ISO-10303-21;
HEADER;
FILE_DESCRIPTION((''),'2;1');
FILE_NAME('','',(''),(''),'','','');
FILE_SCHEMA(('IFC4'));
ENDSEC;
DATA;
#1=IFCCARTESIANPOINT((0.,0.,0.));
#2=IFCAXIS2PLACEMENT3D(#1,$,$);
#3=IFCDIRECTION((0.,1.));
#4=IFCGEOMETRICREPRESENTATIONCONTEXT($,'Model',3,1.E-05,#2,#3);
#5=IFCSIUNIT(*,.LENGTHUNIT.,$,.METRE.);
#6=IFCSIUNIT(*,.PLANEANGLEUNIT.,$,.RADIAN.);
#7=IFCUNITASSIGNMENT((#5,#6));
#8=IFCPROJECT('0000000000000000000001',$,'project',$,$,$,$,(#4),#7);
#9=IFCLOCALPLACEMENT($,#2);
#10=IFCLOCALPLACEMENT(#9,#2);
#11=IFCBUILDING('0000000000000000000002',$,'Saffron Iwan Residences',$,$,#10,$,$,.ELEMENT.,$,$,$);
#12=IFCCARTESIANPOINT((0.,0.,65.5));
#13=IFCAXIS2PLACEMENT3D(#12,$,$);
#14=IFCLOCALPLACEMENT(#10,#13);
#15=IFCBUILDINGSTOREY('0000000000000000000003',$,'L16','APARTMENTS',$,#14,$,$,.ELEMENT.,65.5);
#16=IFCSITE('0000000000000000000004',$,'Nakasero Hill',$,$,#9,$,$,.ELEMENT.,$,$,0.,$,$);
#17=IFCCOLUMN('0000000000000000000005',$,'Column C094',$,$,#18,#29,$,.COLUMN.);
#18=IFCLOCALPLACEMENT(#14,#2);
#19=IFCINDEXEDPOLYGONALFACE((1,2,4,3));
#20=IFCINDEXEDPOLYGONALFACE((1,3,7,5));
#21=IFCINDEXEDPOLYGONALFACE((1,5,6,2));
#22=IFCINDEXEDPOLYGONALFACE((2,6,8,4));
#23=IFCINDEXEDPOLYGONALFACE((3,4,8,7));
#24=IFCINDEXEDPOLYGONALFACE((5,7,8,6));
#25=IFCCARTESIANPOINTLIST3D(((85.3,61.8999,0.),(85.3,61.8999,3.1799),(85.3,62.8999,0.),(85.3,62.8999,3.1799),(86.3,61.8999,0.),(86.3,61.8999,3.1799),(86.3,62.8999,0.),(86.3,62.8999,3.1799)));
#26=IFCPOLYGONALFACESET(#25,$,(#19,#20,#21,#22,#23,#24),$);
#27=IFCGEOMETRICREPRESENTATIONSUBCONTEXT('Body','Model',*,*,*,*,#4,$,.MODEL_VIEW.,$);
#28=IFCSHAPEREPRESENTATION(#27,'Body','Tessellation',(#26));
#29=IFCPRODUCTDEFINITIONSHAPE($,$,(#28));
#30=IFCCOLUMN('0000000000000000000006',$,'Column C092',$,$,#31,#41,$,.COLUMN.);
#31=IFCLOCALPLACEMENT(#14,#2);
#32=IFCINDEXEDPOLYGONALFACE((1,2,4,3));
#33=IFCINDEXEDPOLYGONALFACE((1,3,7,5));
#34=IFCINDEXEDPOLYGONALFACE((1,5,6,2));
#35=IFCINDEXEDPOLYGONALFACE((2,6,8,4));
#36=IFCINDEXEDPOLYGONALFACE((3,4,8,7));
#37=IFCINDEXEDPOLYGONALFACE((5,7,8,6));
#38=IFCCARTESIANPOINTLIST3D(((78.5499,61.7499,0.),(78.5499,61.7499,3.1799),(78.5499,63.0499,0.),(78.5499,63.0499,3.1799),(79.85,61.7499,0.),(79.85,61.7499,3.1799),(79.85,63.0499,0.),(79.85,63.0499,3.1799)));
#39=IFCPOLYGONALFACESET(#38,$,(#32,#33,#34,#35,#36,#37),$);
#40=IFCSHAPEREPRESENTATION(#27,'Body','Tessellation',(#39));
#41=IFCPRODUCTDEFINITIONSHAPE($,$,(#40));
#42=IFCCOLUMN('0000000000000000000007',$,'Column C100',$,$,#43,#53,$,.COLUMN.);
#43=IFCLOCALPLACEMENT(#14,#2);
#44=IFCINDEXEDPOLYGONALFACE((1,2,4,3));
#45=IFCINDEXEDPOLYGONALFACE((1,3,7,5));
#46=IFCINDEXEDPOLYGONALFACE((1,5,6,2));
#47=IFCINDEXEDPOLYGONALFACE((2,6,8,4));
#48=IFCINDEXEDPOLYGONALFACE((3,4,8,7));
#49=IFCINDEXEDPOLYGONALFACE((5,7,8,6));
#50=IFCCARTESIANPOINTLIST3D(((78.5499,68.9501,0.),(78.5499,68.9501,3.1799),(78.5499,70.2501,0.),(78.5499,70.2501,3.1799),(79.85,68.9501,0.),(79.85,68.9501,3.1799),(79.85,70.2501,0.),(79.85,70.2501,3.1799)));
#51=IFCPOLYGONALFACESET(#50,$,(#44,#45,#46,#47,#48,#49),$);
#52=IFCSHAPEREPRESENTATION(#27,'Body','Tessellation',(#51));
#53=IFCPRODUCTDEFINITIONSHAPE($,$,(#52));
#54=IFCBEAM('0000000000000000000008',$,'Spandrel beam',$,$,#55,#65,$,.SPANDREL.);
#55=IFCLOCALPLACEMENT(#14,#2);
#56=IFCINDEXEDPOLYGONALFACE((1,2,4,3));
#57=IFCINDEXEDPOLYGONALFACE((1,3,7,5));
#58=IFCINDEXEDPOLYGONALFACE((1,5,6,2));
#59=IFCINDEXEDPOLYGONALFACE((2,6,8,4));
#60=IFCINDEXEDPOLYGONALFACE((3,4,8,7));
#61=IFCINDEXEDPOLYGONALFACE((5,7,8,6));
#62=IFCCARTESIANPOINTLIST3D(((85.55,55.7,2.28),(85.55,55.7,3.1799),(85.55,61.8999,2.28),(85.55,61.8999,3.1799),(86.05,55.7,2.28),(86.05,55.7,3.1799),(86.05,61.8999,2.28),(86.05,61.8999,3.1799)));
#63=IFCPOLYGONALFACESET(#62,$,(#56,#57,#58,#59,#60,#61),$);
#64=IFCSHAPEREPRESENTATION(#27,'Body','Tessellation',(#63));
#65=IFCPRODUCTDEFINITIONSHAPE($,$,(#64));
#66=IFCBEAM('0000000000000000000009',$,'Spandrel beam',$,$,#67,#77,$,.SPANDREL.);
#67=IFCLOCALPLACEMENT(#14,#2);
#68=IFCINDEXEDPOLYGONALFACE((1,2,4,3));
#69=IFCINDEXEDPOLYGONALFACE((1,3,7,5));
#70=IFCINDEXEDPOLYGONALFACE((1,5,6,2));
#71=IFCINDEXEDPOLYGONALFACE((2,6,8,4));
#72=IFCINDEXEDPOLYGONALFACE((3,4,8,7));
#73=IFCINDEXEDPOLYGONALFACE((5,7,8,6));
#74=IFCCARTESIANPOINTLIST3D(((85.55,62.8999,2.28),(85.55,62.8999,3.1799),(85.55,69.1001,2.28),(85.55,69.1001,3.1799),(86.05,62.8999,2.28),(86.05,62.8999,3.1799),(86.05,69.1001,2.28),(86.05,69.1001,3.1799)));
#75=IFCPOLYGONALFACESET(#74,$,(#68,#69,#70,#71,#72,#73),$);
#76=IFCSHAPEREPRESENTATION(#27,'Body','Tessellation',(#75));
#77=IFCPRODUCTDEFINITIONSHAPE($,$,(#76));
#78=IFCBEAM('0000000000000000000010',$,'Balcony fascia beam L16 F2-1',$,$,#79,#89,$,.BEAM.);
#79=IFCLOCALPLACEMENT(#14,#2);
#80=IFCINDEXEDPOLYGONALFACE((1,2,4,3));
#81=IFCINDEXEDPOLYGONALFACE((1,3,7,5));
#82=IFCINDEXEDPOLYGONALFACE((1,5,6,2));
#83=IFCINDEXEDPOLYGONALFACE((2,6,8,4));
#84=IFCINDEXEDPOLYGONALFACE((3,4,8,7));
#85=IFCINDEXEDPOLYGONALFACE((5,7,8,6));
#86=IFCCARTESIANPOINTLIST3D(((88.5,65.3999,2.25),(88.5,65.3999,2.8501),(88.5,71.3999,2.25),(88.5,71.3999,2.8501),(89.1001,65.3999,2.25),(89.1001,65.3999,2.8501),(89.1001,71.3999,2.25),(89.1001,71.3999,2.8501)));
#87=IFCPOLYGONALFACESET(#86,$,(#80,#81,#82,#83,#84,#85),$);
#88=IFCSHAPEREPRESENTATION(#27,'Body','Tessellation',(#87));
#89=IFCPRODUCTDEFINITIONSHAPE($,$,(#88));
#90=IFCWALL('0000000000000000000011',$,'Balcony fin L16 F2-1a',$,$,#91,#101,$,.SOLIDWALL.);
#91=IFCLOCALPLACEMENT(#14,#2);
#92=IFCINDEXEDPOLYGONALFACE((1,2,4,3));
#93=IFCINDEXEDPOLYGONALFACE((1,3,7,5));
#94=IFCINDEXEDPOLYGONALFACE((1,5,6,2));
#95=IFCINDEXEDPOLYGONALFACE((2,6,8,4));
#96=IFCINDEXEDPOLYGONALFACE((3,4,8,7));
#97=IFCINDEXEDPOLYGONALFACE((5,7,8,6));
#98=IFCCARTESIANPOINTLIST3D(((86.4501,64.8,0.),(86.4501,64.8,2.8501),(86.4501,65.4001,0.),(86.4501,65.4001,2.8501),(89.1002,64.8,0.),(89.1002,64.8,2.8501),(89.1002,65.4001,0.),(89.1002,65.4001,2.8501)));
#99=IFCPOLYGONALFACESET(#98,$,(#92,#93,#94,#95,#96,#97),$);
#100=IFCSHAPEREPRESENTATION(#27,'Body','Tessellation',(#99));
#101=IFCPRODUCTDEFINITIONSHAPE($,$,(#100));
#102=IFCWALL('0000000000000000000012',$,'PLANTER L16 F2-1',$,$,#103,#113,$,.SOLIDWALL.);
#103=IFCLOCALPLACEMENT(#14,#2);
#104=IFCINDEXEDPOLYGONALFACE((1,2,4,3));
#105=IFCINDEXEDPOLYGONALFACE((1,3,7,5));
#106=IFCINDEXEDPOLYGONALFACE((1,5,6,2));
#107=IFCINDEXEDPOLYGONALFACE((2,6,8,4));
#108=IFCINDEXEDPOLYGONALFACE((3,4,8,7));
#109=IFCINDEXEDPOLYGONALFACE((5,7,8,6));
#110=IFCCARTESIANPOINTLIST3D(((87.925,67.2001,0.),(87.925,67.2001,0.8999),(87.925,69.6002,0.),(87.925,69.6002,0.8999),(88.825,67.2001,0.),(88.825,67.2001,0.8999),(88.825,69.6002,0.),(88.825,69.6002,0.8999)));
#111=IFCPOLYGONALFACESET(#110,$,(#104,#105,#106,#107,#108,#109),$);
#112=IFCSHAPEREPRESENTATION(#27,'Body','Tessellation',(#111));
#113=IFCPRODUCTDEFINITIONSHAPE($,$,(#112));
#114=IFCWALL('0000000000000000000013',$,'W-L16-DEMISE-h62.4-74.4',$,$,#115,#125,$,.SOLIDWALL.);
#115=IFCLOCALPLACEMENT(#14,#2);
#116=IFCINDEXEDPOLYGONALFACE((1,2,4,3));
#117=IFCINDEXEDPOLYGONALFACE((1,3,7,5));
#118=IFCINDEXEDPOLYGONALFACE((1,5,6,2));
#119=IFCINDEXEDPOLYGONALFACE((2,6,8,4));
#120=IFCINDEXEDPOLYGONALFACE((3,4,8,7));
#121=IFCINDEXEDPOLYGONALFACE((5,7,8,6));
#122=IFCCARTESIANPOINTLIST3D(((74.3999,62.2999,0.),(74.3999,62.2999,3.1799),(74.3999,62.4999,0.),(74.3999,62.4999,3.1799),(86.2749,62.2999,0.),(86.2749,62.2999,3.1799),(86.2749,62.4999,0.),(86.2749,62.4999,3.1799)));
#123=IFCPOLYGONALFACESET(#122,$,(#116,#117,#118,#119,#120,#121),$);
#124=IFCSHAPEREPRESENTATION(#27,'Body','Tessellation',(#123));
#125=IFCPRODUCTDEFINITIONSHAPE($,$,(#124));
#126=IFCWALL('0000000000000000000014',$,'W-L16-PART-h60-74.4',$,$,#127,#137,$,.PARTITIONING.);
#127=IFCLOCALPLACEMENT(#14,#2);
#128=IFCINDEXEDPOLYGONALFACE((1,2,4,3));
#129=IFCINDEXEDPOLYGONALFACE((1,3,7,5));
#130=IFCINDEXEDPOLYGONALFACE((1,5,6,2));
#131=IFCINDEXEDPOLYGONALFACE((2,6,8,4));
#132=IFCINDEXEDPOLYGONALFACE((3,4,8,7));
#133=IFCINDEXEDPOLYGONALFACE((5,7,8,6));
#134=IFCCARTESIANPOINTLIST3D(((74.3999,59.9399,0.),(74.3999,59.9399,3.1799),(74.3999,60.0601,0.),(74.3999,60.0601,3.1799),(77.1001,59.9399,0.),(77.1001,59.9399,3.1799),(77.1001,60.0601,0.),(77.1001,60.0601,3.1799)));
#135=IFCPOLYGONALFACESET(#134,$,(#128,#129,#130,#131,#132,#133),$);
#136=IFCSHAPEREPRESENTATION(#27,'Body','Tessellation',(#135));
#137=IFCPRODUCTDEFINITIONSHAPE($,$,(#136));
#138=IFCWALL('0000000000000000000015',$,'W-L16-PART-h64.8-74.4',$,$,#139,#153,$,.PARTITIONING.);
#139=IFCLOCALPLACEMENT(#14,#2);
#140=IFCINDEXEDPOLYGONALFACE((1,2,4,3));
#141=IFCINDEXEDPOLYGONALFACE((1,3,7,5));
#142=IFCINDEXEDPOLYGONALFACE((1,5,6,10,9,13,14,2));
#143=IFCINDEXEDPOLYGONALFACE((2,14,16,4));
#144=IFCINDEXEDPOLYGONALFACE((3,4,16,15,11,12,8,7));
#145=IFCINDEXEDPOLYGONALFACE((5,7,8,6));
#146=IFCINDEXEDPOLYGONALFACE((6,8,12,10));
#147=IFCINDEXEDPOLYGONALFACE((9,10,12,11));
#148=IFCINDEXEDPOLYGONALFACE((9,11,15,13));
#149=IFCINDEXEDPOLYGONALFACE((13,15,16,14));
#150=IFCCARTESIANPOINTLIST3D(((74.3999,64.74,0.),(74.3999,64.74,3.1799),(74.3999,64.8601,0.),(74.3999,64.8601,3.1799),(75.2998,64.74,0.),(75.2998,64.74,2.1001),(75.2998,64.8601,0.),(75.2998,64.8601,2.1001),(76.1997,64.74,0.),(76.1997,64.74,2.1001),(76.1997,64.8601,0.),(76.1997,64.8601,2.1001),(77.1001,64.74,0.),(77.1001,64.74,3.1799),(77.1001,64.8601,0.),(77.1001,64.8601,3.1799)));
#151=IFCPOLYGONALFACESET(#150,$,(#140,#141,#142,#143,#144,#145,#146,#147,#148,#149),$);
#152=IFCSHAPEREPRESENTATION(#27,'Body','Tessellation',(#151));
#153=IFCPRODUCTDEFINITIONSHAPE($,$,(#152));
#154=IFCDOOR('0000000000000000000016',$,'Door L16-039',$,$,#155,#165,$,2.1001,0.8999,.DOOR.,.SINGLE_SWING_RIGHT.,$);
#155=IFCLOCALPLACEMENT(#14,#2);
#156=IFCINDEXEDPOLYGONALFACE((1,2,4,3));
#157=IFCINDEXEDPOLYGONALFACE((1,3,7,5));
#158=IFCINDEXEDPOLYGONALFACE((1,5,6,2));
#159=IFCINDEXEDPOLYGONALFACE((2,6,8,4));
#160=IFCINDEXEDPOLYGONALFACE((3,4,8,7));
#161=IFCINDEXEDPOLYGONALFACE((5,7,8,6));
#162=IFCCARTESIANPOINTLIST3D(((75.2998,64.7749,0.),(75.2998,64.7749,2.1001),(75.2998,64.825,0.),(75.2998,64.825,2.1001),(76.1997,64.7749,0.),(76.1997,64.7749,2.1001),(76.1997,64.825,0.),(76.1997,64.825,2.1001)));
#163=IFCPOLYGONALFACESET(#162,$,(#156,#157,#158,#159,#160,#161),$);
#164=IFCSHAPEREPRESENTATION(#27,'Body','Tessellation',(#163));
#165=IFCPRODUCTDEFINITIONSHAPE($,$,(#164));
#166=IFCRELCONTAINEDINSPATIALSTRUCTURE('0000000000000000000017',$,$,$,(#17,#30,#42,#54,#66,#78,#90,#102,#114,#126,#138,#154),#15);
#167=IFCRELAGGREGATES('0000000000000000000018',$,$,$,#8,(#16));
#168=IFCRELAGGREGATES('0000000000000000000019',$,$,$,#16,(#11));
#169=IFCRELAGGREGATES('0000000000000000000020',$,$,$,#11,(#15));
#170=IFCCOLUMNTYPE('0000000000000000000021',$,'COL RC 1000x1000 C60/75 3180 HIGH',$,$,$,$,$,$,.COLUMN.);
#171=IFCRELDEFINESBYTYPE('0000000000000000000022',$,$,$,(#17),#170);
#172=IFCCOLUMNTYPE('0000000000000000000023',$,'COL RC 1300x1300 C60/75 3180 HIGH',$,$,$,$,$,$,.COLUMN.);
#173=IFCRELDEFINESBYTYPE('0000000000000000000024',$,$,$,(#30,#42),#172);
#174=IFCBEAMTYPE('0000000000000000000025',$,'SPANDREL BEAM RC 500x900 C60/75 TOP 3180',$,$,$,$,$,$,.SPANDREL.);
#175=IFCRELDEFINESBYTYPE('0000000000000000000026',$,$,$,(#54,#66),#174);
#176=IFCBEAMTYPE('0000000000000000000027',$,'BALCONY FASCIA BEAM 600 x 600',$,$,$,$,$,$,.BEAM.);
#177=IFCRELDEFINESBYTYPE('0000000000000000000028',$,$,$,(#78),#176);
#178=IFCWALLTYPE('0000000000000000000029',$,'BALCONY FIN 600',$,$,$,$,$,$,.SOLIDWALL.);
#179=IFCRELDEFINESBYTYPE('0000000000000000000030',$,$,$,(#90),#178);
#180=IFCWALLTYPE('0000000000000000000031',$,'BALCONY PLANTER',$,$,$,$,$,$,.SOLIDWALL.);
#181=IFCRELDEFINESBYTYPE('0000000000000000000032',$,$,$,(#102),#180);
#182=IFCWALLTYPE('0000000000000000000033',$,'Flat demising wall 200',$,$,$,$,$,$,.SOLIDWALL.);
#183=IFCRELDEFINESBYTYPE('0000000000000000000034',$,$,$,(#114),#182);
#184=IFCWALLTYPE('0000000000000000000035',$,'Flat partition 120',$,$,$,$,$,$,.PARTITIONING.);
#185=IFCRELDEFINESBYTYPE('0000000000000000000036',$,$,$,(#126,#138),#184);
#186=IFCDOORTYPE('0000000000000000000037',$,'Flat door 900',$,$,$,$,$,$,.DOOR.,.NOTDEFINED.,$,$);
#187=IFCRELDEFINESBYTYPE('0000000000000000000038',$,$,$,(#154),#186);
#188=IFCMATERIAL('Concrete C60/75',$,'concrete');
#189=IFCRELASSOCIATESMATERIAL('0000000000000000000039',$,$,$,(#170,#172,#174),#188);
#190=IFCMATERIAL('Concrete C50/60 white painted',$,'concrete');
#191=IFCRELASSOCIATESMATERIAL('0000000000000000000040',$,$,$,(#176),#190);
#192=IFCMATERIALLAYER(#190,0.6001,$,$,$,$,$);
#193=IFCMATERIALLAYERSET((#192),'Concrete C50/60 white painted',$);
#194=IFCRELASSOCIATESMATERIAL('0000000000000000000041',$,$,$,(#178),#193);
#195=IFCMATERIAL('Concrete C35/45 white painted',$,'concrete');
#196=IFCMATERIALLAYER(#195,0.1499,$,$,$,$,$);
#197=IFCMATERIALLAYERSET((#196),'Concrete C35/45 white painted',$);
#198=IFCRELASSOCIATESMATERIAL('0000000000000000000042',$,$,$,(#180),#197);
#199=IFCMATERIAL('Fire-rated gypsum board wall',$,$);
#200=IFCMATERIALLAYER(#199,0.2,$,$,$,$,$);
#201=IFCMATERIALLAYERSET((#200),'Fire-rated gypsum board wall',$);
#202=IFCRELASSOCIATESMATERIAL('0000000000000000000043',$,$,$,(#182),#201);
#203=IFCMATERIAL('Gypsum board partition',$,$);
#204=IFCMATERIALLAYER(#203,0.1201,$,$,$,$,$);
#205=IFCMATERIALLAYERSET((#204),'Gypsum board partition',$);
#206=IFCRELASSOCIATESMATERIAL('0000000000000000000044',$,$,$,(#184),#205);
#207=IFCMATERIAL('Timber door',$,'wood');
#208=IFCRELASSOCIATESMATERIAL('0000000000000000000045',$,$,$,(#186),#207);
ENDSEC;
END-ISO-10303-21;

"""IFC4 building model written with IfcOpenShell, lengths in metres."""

from ifc_helpers import new_model, si_unit, direction, frame, frame_2d, origin, origin_2d, place, context, subcontext, project, spatial, rectangle, extrude, source, transform, mapped, material, layer, layer_set, material_profile, profile_set, type_object, element, fill, save


model = new_model("IFC4")

# Units and contexts
model_context = context("Model", 3, precision=1e-05, world=origin(), true_north=direction((0.0, 1.0)))
body_context = subcontext(model_context, "Body", "Model", "MODEL_VIEW")
ifc_project = project(units=[si_unit("LENGTHUNIT", "METRE"), si_unit("PLANEANGLEUNIT", "RADIAN")], contexts=[model_context])

# Site, building, storey
site_placement = place(None, origin())
site = spatial("IfcSite", under=ifc_project, at=site_placement, Name="Nakasero Hill", CompositionType="ELEMENT", RefElevation=0.0)
building_placement = place(site_placement, origin())
building = spatial("IfcBuilding", under=site, at=building_placement, Name="Saffron Iwan Residences", CompositionType="ELEMENT")
storey_placement = place(building_placement, frame((0.0, 0.0, 65.5)))
storey = spatial("IfcBuildingStorey", under=building, at=storey_placement, Name="L16", Description="APARTMENTS", CompositionType="ELEMENT", Elevation=65.5)

# Columns
ifc_material_1 = material(Name="Concrete C60/75", Category="concrete")
ifc_material_profile_1 = material_profile(ifc_material_1, rectangle(XDim=1.0, YDim=1.0, at=origin_2d()), Name="RC 1000x1000")
ifc_profile_set_1 = profile_set([ifc_material_profile_1], Name="Concrete C60/75")
column_type_1 = type_object("IfcColumnType", Name="COL RC 1000x1000 C60/75 3180 HIGH", PredefinedType="COLUMN", material=ifc_profile_set_1)
shared_shape_1 = source(origin(), body_context, "Body", "SweptSolid", [
    extrude(rectangle(XDim=1.0, YDim=1.0, at=origin_2d()), origin(), (0.0, 0.0, 1.0), 3.1799),
])
column_placement = place(storey_placement, frame((85.8, 62.3999, 0.0), z_axis=(0.0, 0.0, 1.0), x_axis=(1.0, 0.0, 0.0)))
element("IfcColumn", 1, at=column_placement, inside=storey, type_object=column_type_1, Name="Column C094", PredefinedType="COLUMN", context=body_context, shape_type="MappedRepresentation", body=[
    mapped(shared_shape_1, transform((0.0, 0.0, 0.0))),
])
ifc_material_profile_2 = material_profile(ifc_material_1, rectangle(XDim=1.3, YDim=1.3, at=origin_2d()), Name="RC 1300x1300")
ifc_profile_set_2 = profile_set([ifc_material_profile_2], Name="Concrete C60/75")
column_type_2 = type_object("IfcColumnType", Name="COL RC 1300x1300 C60/75 3180 HIGH", PredefinedType="COLUMN", material=ifc_profile_set_2)
shared_shape_2 = source(origin(), body_context, "Body", "SweptSolid", [
    extrude(rectangle(XDim=1.3, YDim=1.3, at=origin_2d()), origin(), (0.0, 0.0, 1.0), 3.1799),
])
for number, where, z_axis, x_axis, name in (
    (2, (79.2, 62.3999, 0.0), (0.0, 0.0, 1.0), (1.0, 0.0, 0.0), "Column C092"),
    (3, (79.2, 69.6001, 0.0), (0.0, 0.0, 1.0), (1.0, 0.0, 0.0), "Column C100"),
):
    element("IfcColumn", number, at=place(storey_placement, frame(where, z_axis=z_axis, x_axis=x_axis)), inside=storey, type_object=column_type_2, Name=name, PredefinedType="COLUMN", context=body_context, shape_type="MappedRepresentation", body=[
        mapped(shared_shape_2, transform((0.0, 0.0, 0.0))),
    ])

# Beams
ifc_material_profile_3 = material_profile(ifc_material_1, rectangle(XDim=0.5, YDim=0.8999, at=origin_2d()), Name="RC 500x900")
ifc_profile_set_3 = profile_set([ifc_material_profile_3], Name="Concrete C60/75")
beam_type_1 = type_object("IfcBeamType", Name="SPANDREL BEAM RC 500x900 C60/75 TOP 3180", PredefinedType="SPANDREL", material=ifc_profile_set_3)
shared_shape_3 = source(origin(), body_context, "Body", "SweptSolid", [
    extrude(rectangle(XDim=0.5, YDim=0.8999, at=origin_2d()), origin(), (0.0, 0.0, 1.0), 6.2),
])
beam_1_placement = place(storey_placement, frame((85.8, 61.8999, 2.73), z_axis=(0.0, -1.0, 0.0), x_axis=(1.0, 0.0, 0.0)))
element("IfcBeam", 4, at=beam_1_placement, inside=storey, type_object=beam_type_1, Name="Spandrel beam", PredefinedType="SPANDREL", context=body_context, shape_type="MappedRepresentation", body=[
    mapped(shared_shape_3, transform((0.0, 0.0, 0.0))),
])
shared_shape_4 = source(origin(), body_context, "Body", "SweptSolid", [
    extrude(rectangle(XDim=0.5, YDim=0.8999, at=origin_2d()), origin(), (0.0, 0.0, 1.0), 6.2002),
])
beam_2_placement = place(storey_placement, frame((85.8, 69.1001, 2.73), z_axis=(0.0, -1.0, 0.0), x_axis=(1.0, 0.0, 0.0)))
element("IfcBeam", 5, at=beam_2_placement, inside=storey, type_object=beam_type_1, Name="Spandrel beam", PredefinedType="SPANDREL", context=body_context, shape_type="MappedRepresentation", body=[
    mapped(shared_shape_4, transform((0.0, 0.0, 0.0))),
])
ifc_material_2 = material(Name="Concrete C50/60 white painted", Category="concrete")
ifc_material_profile_4 = material_profile(ifc_material_2, rectangle(XDim=0.6001, YDim=0.6001, at=origin_2d()), Name="BALCONY FASCIA BEAM 600 x 600")
ifc_profile_set_4 = profile_set([ifc_material_profile_4], Name="Concrete C50/60 white painted")
beam_type_2 = type_object("IfcBeamType", Name="BALCONY FASCIA BEAM 600 x 600", PredefinedType="BEAM", material=ifc_profile_set_4)
shared_shape_5 = source(origin(), body_context, "Body", "SweptSolid", [
    extrude(rectangle(XDim=0.6001, YDim=0.6001, at=origin_2d()), origin(), (0.0, 0.0, 1.0), 6.0),
])
beam_3_placement = place(storey_placement, frame((88.8, 65.3999, 2.55), z_axis=(0.0, 1.0, 0.0), x_axis=(-1.0, 0.0, 0.0)))
element("IfcBeam", 6, at=beam_3_placement, inside=storey, type_object=beam_type_2, Name="Balcony fascia beam L16 F2-1", PredefinedType="BEAM", context=body_context, shape_type="MappedRepresentation", body=[
    mapped(shared_shape_5, transform((0.0, 0.0, 0.0))),
])

# Walls
ifc_layer_1 = layer(ifc_material_2, 0.6001)
ifc_layer_set_1 = layer_set([ifc_layer_1], Name="Concrete C50/60 white painted")
wall_type_1 = type_object("IfcWallType", Name="BALCONY FIN 600", PredefinedType="SOLIDWALL", material=ifc_layer_set_1)
wall_1_placement = place(storey_placement, frame((86.45, 65.1001, 0.0), z_axis=(0.0, 0.0, 1.0), x_axis=(1.0, 0.0, 0.0)))
element("IfcWall", 7, at=wall_1_placement, inside=storey, type_object=wall_type_1, Name="Balcony fin L16 F2-1a", PredefinedType="SOLIDWALL", context=body_context, shape_type="SweptSolid", body=[
    extrude(rectangle(XDim=2.6501, YDim=0.6001, at=frame_2d((1.3252, 0.0))), origin(), (0.0, 0.0, 1.0), 2.8501),
])
ifc_material_3 = material(Name="Concrete C35/45 white painted", Category="concrete")
ifc_layer_2 = layer(ifc_material_3, 0.1499)
ifc_layer_set_2 = layer_set([ifc_layer_2], Name="Concrete C35/45 white painted")
wall_type_2 = type_object("IfcWallType", Name="BALCONY PLANTER", PredefinedType="SOLIDWALL", material=ifc_layer_set_2)
wall_2_placement = place(storey_placement, frame((88.375, 67.2, 0.0), z_axis=(0.0, 0.0, 1.0), x_axis=(0.0, 1.0, 0.0)))
element("IfcWall", 8, at=wall_2_placement, inside=storey, type_object=wall_type_2, Name="PLANTER L16 F2-1", PredefinedType="SOLIDWALL", context=body_context, shape_type="SweptSolid", body=[
    extrude(rectangle(XDim=2.4001, YDim=0.8999, at=frame_2d((1.2002, 0.0))), origin(), (0.0, 0.0, 1.0), 0.8999),
])

# Walls
ifc_material_4 = material(Name="Fire-rated gypsum board wall")
ifc_layer_3 = layer(ifc_material_4, 0.2)
ifc_layer_set_3 = layer_set([ifc_layer_3], Name="Fire-rated gypsum board wall")
wall_type_3 = type_object("IfcWallType", Name="Flat demising wall 200", PredefinedType="SOLIDWALL", material=ifc_layer_set_3)
wall_3_placement = place(storey_placement, frame((74.3999, 62.3999, 0.0), z_axis=(0.0, 0.0, 1.0), x_axis=(1.0, 0.0, 0.0)))
element("IfcWall", 9, at=wall_3_placement, inside=storey, type_object=wall_type_3, Name="W-L16-DEMISE-h62.4-74.4", PredefinedType="SOLIDWALL", context=body_context, shape_type="SweptSolid", body=[
    extrude(rectangle(XDim=11.875, YDim=0.2, at=frame_2d((5.9375, 0.0))), origin(), (0.0, 0.0, 1.0), 3.1799),
])
ifc_material_5 = material(Name="Gypsum board partition")
ifc_layer_4 = layer(ifc_material_5, 0.1201)
ifc_layer_set_4 = layer_set([ifc_layer_4], Name="Gypsum board partition")
wall_type_4 = type_object("IfcWallType", Name="Flat partition 120", PredefinedType="PARTITIONING", material=ifc_layer_set_4)
wall_4_placement = place(storey_placement, frame((74.3999, 60.0, 0.0), z_axis=(0.0, 0.0, 1.0), x_axis=(1.0, 0.0, 0.0)))
element("IfcWall", 10, at=wall_4_placement, inside=storey, type_object=wall_type_4, Name="W-L16-PART-h60-74.4", PredefinedType="PARTITIONING", context=body_context, shape_type="SweptSolid", body=[
    extrude(rectangle(XDim=2.7002, YDim=0.1201, at=frame_2d((1.3501, 0.0))), origin(), (0.0, 0.0, 1.0), 3.1799),
])

# Wall, opening, door
wall_5_placement = place(storey_placement, frame((74.3999, 64.8, 0.0), z_axis=(0.0, 0.0, 1.0), x_axis=(1.0, 0.0, 0.0)))
wall_5 = element("IfcWall", 11, at=wall_5_placement, inside=storey, type_object=wall_type_4, Name="W-L16-PART-h64.8-74.4", PredefinedType="PARTITIONING", context=body_context, shape_type="SweptSolid", body=[
    extrude(rectangle(XDim=2.7002, YDim=0.1201, at=frame_2d((1.3501, 0.0))), origin(), (0.0, 0.0, 1.0), 3.1799),
])
opening_1_placement = place(wall_5_placement, frame((0.8999, 0.0, 0.0)))
opening_1 = element("IfcOpeningElement", 12, at=opening_1_placement, cuts=wall_5, PredefinedType="OPENING", context=body_context, shape_type="SweptSolid", body=[
    extrude(rectangle(XDim=0.8999, YDim=2.1001, at=frame_2d((0.45, 1.05))), frame((0.0, 0.0701, 0.0), z_axis=(0.0, -1.0, 0.0), x_axis=(1.0, 0.0, 0.0)), (0.0, 0.0, 1.0), 0.1401),
])
ifc_material_6 = material(Name="Timber door", Category="wood")
door_type_1 = type_object("IfcDoorType", Name="Flat door 900", OperationType="NOTDEFINED", PredefinedType="DOOR", material=ifc_material_6)
door_1_placement = place(opening_1_placement, origin())
door_1 = element("IfcDoor", 13, at=door_1_placement, inside=storey, type_object=door_type_1, Name="Door L16-039", OperationType="SINGLE_SWING_RIGHT", OverallHeight=2.1001, OverallWidth=0.8999, PredefinedType="DOOR", context=body_context, shape_type="SweptSolid", body=[
    extrude(rectangle(XDim=0.8999, YDim=2.1001, at=frame_2d((0.45, 1.05))), frame((0.0, 0.0249, 0.0), z_axis=(0.0, -1.0, 0.0), x_axis=(1.0, 0.0, 0.0)), (0.0, 0.0, 1.0), 0.05),
])
fill(opening_1, door_1)

save(model, "model.ifc")
